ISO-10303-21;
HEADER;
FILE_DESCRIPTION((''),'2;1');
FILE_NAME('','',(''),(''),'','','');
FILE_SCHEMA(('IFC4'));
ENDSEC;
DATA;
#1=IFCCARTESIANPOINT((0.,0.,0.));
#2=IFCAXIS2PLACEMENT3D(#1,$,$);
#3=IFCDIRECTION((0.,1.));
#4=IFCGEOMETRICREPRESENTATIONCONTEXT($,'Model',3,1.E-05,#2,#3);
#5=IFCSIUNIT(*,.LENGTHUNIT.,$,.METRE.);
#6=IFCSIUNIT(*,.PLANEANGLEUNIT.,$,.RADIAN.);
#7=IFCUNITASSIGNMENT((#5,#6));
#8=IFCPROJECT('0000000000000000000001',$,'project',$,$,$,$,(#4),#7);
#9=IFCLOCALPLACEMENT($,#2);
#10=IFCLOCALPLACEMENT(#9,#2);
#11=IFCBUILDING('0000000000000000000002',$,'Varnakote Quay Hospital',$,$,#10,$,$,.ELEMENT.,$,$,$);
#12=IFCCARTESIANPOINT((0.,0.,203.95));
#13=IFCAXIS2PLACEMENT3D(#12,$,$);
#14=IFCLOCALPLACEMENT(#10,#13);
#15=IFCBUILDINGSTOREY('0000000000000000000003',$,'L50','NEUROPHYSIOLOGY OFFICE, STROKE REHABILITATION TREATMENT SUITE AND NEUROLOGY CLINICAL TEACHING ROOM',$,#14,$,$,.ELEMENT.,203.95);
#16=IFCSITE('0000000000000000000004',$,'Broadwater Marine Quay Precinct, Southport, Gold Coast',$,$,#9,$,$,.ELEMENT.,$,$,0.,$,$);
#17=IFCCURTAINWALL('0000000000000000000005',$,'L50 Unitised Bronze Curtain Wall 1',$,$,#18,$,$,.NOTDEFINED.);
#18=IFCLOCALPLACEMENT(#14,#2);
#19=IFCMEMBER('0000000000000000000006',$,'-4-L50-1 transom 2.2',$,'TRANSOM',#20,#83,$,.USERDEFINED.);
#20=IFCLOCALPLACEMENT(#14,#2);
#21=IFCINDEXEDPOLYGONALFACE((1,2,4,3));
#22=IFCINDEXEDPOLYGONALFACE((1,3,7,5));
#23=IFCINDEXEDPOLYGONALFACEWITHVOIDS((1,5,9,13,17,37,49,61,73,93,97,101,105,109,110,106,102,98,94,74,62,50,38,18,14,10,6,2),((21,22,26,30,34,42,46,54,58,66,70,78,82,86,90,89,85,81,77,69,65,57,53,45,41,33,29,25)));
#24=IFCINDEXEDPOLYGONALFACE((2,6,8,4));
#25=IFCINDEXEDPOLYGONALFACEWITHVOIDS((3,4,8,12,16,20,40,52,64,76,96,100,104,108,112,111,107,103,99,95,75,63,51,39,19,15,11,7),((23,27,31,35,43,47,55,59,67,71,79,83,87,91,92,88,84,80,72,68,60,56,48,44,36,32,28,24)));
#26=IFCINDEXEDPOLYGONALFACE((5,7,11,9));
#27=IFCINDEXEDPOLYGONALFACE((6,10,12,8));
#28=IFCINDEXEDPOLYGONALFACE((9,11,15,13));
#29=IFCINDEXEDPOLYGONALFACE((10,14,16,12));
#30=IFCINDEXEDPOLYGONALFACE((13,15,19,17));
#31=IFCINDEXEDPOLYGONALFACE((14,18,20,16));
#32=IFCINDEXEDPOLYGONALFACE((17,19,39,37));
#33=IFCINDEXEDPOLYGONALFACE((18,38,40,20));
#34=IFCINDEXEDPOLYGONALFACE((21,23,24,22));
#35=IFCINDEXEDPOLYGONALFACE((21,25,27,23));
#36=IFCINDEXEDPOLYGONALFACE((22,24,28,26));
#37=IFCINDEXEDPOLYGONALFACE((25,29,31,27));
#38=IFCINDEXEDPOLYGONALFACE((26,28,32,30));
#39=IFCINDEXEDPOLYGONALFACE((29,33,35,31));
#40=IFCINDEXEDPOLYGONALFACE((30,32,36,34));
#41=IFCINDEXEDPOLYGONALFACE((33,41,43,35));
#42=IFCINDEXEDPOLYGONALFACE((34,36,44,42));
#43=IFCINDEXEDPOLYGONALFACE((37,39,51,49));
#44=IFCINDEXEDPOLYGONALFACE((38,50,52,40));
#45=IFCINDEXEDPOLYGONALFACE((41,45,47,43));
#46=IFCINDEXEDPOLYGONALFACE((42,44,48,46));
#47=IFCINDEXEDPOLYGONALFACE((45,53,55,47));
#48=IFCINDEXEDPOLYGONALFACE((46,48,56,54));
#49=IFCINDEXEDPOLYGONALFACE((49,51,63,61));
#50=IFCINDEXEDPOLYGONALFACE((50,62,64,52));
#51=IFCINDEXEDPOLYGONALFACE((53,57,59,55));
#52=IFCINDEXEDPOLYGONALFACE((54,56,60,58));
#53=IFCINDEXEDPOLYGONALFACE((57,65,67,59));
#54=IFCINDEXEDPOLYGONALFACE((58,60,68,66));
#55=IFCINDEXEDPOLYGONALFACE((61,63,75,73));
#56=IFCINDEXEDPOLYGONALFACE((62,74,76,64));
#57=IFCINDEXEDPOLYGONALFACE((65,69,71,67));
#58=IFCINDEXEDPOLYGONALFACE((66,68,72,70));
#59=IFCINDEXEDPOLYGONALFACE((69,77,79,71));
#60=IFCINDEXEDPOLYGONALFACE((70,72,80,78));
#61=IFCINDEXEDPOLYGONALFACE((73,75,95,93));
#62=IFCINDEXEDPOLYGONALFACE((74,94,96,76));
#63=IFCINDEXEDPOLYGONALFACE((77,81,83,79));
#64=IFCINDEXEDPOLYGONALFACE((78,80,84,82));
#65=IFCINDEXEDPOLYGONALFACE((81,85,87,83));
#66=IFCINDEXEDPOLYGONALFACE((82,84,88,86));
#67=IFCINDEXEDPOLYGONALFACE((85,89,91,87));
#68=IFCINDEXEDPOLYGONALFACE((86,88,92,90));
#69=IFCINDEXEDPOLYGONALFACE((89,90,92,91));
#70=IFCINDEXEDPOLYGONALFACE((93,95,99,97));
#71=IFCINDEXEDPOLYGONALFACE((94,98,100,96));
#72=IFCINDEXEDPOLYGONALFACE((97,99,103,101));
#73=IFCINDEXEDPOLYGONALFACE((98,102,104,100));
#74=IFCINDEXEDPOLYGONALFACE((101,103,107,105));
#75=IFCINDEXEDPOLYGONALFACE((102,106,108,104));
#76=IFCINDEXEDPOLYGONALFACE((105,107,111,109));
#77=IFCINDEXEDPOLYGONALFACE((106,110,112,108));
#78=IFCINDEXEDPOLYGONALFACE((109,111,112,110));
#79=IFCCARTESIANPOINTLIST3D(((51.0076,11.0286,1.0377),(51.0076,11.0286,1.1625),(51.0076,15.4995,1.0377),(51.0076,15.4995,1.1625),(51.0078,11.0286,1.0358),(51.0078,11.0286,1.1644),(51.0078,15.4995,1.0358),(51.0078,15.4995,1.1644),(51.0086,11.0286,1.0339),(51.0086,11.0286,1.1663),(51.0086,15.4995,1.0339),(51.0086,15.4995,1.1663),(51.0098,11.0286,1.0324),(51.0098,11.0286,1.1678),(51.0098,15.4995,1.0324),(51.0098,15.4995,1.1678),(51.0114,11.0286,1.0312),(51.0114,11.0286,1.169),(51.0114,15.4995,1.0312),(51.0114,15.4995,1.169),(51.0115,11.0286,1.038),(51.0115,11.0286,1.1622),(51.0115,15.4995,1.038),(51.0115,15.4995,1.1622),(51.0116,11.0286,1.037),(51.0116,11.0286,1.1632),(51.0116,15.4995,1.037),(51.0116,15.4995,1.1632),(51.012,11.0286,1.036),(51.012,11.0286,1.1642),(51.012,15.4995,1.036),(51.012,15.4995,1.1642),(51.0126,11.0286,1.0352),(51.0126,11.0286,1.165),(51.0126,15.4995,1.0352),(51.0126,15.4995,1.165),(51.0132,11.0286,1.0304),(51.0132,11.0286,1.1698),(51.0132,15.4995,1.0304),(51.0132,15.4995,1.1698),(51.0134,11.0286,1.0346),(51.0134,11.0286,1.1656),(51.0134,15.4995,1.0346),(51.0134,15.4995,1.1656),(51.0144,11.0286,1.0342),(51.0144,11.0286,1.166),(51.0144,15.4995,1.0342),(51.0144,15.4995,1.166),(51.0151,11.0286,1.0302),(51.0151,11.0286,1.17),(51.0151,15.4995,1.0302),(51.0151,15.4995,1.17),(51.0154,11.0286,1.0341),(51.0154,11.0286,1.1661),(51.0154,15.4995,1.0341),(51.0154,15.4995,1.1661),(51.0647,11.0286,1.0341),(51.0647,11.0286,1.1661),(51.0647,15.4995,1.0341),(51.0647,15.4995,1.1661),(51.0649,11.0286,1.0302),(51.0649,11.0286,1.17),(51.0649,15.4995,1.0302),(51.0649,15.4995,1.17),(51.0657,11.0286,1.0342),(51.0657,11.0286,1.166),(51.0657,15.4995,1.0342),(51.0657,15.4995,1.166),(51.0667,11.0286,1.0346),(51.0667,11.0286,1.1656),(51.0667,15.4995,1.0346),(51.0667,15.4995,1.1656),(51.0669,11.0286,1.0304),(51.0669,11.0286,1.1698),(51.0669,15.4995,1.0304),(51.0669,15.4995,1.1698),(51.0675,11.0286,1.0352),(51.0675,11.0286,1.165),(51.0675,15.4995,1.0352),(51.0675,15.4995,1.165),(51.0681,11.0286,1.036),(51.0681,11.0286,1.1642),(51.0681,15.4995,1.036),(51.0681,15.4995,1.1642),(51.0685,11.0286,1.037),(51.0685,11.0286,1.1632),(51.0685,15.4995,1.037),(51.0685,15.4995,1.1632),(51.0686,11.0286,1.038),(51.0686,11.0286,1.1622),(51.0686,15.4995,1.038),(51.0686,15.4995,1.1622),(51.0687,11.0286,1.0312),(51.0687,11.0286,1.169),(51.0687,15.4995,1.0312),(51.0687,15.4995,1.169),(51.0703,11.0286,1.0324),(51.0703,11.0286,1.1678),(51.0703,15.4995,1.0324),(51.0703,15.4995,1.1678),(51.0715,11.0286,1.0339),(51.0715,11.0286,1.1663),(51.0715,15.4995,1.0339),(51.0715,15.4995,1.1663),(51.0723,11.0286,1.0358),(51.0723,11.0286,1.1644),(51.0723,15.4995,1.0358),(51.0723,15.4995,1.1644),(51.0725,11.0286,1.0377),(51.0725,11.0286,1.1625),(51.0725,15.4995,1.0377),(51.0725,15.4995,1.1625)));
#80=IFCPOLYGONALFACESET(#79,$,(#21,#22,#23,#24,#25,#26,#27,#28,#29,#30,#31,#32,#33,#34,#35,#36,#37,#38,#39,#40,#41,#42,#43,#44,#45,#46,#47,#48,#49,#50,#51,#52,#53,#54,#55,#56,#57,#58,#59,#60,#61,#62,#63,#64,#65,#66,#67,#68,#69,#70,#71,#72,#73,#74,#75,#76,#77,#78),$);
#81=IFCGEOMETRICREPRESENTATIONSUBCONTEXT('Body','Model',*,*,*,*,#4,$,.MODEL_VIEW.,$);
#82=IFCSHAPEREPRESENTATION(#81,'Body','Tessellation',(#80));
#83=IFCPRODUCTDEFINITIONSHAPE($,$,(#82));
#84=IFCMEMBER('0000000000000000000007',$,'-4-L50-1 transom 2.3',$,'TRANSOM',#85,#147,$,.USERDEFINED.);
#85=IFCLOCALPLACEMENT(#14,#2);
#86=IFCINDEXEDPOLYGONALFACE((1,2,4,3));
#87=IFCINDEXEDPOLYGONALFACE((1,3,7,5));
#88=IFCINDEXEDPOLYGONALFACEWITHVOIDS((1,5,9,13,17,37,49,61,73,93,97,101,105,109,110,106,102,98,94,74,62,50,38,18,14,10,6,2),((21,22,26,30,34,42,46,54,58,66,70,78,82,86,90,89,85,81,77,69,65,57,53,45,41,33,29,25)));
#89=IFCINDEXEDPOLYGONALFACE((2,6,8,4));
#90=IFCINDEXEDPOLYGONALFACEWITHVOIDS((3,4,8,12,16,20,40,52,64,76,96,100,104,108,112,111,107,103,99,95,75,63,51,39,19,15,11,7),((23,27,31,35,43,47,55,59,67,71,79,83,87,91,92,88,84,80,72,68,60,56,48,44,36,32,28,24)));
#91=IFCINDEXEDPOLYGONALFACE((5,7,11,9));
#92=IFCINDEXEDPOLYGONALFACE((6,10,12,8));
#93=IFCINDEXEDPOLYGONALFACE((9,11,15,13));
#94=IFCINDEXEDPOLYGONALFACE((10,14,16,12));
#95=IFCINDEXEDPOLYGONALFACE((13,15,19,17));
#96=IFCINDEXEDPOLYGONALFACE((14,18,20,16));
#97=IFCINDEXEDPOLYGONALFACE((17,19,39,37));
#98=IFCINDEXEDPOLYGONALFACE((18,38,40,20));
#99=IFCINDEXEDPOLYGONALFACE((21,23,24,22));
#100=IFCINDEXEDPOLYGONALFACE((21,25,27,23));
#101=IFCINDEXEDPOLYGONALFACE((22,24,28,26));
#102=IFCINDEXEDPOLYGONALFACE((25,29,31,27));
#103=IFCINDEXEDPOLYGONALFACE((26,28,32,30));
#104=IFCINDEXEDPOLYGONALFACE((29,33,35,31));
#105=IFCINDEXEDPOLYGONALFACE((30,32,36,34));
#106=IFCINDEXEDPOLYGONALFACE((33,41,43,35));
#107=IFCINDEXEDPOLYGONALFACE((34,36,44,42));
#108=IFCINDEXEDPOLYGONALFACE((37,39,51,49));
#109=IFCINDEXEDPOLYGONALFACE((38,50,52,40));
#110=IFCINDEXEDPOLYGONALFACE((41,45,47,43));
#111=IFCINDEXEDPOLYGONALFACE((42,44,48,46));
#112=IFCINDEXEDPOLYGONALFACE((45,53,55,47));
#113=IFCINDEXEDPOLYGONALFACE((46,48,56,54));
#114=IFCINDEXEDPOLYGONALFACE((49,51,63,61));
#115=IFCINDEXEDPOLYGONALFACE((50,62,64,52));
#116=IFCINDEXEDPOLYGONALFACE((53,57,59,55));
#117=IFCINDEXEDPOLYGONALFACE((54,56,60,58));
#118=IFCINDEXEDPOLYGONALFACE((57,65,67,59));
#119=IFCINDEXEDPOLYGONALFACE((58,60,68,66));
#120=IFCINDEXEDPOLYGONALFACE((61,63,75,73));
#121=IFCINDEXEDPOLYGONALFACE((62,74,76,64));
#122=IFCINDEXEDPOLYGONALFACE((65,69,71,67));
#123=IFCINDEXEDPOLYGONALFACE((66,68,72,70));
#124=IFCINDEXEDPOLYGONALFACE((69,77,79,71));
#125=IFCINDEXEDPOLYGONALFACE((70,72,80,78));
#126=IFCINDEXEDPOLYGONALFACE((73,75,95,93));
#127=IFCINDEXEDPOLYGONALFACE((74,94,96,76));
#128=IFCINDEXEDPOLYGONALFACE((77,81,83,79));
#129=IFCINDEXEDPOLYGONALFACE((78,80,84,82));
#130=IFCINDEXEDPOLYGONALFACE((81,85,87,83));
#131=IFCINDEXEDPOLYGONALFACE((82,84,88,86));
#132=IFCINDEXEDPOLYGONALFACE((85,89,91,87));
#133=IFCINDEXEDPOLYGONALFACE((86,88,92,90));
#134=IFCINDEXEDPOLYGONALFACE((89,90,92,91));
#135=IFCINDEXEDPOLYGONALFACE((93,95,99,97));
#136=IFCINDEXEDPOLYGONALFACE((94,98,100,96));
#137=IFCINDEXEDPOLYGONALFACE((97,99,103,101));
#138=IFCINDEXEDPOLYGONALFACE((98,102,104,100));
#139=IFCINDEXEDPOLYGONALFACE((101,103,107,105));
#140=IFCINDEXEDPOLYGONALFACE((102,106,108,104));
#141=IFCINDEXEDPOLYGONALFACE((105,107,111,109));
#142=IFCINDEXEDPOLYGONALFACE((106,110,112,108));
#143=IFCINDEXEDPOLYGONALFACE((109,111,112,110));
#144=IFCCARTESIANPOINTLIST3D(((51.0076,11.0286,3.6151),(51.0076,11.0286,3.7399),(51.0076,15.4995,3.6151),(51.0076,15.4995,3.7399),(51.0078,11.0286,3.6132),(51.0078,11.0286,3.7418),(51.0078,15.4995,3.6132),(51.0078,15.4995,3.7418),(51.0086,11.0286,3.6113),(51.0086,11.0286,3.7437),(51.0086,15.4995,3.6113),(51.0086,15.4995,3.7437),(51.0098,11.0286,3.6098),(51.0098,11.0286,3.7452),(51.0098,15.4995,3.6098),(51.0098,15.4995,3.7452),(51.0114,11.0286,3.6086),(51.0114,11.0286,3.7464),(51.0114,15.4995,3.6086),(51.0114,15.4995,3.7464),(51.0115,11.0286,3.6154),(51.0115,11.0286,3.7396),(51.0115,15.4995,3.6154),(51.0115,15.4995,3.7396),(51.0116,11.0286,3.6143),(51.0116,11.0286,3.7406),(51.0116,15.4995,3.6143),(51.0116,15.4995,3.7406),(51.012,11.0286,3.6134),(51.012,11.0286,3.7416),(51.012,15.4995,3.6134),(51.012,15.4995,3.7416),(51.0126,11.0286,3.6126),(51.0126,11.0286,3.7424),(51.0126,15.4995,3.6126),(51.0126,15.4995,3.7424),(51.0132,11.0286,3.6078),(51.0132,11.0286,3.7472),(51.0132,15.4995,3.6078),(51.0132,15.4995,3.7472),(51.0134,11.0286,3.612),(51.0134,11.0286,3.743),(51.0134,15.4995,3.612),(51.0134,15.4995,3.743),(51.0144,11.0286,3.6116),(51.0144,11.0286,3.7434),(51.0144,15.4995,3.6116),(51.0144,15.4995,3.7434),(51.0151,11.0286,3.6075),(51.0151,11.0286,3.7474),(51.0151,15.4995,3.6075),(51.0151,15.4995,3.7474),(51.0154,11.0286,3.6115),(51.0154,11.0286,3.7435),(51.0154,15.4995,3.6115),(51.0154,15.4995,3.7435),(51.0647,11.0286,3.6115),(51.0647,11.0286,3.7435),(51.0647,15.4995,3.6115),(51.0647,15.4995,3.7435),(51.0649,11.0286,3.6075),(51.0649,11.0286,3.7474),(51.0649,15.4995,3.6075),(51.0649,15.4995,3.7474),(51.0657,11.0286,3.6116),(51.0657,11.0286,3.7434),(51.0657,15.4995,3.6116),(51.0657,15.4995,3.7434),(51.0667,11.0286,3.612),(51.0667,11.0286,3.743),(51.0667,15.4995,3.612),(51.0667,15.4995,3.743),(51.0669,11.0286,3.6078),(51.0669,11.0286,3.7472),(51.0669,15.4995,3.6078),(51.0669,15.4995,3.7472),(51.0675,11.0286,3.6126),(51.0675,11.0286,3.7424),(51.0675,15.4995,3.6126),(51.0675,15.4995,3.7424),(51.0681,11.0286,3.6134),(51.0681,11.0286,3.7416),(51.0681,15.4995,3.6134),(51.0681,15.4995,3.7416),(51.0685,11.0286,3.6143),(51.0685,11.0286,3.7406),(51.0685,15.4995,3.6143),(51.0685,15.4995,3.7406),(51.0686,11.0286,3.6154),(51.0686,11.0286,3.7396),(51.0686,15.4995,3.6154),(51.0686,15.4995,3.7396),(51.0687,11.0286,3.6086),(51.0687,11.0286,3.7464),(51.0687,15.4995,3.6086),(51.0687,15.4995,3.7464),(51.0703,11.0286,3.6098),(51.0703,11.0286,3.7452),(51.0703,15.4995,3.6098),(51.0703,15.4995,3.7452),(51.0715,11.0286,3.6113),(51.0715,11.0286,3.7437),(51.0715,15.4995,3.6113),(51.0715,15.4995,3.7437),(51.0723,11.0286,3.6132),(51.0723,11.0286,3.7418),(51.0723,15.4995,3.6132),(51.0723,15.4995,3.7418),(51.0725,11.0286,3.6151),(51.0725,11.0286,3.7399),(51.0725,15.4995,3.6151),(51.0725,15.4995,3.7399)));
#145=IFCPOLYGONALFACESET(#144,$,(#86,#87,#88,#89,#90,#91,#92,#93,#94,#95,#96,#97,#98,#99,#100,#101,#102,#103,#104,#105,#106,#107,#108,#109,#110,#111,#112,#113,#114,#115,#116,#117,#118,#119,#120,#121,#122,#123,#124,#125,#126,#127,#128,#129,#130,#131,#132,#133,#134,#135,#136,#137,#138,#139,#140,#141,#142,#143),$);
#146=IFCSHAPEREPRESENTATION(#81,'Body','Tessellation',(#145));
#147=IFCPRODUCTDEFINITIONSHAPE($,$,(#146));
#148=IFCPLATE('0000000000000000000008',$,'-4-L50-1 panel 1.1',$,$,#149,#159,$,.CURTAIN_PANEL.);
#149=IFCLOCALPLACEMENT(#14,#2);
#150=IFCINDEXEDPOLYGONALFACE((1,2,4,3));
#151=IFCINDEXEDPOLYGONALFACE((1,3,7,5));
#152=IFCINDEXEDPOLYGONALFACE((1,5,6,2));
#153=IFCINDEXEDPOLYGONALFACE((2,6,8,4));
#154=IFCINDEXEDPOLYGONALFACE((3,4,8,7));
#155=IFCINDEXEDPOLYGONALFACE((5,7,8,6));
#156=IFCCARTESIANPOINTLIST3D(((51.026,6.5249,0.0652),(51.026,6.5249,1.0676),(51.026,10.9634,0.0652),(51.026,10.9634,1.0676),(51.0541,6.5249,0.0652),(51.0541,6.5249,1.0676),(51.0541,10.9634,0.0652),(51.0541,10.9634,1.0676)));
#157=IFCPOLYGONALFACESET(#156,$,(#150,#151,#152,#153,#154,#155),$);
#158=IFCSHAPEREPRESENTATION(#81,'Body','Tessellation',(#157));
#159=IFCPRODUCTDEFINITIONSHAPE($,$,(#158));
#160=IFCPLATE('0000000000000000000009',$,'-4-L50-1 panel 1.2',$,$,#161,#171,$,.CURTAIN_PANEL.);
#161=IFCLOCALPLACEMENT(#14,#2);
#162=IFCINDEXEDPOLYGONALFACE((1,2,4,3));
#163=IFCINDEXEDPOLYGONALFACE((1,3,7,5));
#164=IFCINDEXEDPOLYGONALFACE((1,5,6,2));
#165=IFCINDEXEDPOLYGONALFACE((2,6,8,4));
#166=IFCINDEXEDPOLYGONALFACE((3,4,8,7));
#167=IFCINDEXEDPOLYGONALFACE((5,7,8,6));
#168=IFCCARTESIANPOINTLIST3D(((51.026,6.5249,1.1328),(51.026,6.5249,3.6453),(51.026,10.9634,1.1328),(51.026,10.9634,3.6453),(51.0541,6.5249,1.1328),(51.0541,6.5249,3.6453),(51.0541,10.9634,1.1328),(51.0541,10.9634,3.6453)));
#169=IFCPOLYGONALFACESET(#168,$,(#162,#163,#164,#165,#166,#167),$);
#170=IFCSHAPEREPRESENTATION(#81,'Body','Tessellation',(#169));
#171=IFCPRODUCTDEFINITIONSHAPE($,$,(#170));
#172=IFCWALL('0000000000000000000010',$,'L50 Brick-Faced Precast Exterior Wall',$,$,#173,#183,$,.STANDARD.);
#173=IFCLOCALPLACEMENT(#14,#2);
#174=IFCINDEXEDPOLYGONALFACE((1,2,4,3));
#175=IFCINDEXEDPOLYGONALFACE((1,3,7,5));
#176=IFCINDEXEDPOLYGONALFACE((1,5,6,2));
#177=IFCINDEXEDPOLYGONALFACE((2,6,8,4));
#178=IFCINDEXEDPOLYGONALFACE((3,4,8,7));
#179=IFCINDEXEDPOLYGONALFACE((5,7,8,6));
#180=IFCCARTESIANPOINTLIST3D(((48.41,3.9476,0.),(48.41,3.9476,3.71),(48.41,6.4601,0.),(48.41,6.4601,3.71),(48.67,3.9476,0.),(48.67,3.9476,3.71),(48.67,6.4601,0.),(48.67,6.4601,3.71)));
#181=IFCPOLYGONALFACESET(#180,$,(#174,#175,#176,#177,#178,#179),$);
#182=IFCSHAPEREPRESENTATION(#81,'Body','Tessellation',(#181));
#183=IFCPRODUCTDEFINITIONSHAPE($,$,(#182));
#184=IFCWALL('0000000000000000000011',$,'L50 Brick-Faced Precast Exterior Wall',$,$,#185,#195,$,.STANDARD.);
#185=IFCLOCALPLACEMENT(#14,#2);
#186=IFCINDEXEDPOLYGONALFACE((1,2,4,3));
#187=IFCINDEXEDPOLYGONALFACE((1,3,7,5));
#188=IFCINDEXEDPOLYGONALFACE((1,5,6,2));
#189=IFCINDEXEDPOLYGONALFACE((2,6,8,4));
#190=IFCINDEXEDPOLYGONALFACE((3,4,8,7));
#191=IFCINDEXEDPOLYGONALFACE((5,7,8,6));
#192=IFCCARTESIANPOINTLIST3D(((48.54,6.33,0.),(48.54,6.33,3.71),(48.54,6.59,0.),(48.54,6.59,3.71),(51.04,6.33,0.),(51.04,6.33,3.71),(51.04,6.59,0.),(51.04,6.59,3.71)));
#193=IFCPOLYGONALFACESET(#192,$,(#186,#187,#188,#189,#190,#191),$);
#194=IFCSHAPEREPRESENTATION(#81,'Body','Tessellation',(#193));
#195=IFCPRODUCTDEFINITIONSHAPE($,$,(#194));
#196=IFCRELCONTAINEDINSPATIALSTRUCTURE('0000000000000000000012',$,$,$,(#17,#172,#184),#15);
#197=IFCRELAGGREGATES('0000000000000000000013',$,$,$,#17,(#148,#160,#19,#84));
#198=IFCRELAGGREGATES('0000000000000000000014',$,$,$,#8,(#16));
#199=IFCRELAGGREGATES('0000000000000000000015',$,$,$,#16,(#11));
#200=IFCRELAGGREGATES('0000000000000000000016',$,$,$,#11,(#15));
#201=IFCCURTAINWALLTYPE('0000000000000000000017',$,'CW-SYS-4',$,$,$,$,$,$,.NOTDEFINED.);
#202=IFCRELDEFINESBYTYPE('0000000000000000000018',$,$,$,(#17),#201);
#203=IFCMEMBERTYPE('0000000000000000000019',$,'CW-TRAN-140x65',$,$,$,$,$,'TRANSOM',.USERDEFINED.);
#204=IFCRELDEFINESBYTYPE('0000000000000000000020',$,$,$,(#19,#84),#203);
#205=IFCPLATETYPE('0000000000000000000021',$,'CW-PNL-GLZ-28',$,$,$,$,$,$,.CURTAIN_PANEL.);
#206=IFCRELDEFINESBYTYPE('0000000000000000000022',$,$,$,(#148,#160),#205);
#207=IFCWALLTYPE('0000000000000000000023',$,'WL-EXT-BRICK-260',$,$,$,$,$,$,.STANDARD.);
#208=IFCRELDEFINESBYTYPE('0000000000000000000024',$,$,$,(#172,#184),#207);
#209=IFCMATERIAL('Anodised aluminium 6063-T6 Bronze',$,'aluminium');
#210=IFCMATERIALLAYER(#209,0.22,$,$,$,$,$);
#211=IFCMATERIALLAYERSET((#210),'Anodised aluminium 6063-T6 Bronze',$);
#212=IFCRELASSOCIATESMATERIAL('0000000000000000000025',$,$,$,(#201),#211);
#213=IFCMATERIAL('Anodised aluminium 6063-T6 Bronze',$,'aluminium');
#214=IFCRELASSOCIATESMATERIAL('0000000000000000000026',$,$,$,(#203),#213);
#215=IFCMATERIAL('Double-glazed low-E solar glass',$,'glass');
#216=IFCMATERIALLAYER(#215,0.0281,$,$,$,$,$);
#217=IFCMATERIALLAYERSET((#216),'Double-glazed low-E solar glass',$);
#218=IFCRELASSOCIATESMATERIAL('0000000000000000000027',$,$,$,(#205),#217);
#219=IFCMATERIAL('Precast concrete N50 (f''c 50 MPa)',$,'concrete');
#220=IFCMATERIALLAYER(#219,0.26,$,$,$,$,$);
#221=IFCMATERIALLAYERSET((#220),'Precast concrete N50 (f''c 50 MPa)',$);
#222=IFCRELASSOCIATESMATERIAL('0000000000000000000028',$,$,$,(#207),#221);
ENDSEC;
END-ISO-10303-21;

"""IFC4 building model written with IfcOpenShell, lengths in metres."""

from ifc_helpers import new_model, si_unit, direction, frame, frame_2d, origin, origin_2d, place, context, subcontext, project, spatial, rectangle, hollow_rectangle, extrude, material, layer, layer_set, material_profile, profile_set, type_object, element, aggregate, save


model = new_model("IFC4")

# Units and contexts
model_context = context("Model", 3, precision=1e-05, world=origin(), true_north=direction((0.0, 1.0)))
body_context = subcontext(model_context, "Body", "Model", "MODEL_VIEW")
ifc_project = project(units=[si_unit("LENGTHUNIT", "METRE"), si_unit("PLANEANGLEUNIT", "RADIAN")], contexts=[model_context])

# Site, building, storey
site_placement = place(None, origin())
site = spatial("IfcSite", under=ifc_project, at=site_placement, Name="Broadwater Marine Quay Precinct, Southport, Gold Coast", CompositionType="ELEMENT", RefElevation=0.0)
building_placement = place(site_placement, origin())
building = spatial("IfcBuilding", under=site, at=building_placement, Name="Varnakote Quay Hospital", CompositionType="ELEMENT")
storey_placement = place(building_placement, frame((0.0, 0.0, 203.95)))
storey = spatial("IfcBuildingStorey", under=building, at=storey_placement, Name="L50", Description="NEUROPHYSIOLOGY OFFICE, STROKE REHABILITATION TREATMENT SUITE AND NEUROLOGY CLINICAL TEACHING ROOM", CompositionType="ELEMENT", Elevation=203.95)

# Curtain wall, members, plates
ifc_material_1 = material(Name="Anodised aluminium 6063-T6 Bronze", Category="aluminium")
ifc_layer_1 = layer(ifc_material_1, 0.22)
ifc_layer_set_1 = layer_set([ifc_layer_1], Name="Anodised aluminium 6063-T6 Bronze")
curtain_wall_type = type_object("IfcCurtainWallType", Name="CW-SYS-4", PredefinedType="NOTDEFINED", material=ifc_layer_set_1)
curtain_wall_placement = place(storey_placement, origin())
curtain_wall = element("IfcCurtainWall", 1, at=curtain_wall_placement, inside=storey, type_object=curtain_wall_type, Name="L50 Unitised Bronze Curtain Wall 1", PredefinedType="NOTDEFINED")
ifc_material_2 = material(Name="Anodised aluminium 6063-T6 Bronze", Category="aluminium")
ifc_material_profile_1 = material_profile(ifc_material_2, hollow_rectangle(XDim=0.0649, YDim=0.1399, WallThickness=0.0039, InnerFilletRadius=0.0039, OuterFilletRadius=0.0076, at=origin_2d()), Name="CW-TRAN-140x65")
ifc_profile_set_1 = profile_set([ifc_material_profile_1], Name="Anodised aluminium 6063-T6 Bronze")
member_type_1 = type_object("IfcMemberType", Name="CW-TRAN-140x65", ElementType="TRANSOM", PredefinedType="USERDEFINED", material=ifc_profile_set_1)
member_1_placement = place(storey_placement, frame((51.04, 11.0286, 1.1001), z_axis=(0.0, 1.0, 0.0), x_axis=(-1.0, 0.0, 0.0)))
member_1 = element("IfcMember", 2, at=member_1_placement, type_object=member_type_1, Name="-4-L50-1 transom 2.2", ObjectType="TRANSOM", PredefinedType="USERDEFINED", context=body_context, shape_type="SweptSolid", body=[
    extrude(hollow_rectangle(XDim=0.0649, YDim=0.1399, WallThickness=0.0039, InnerFilletRadius=0.0039, OuterFilletRadius=0.0076, at=origin_2d()), origin(), (0.0, 0.0, 1.0), 4.4709),
])
member_2_placement = place(storey_placement, frame((51.04, 11.0286, 3.6775), z_axis=(0.0, 1.0, 0.0), x_axis=(-1.0, 0.0, 0.0)))
member_2 = element("IfcMember", 3, at=member_2_placement, type_object=member_type_1, Name="-4-L50-1 transom 2.3", ObjectType="TRANSOM", PredefinedType="USERDEFINED", context=body_context, shape_type="SweptSolid", body=[
    extrude(hollow_rectangle(XDim=0.0649, YDim=0.1399, WallThickness=0.0039, InnerFilletRadius=0.0039, OuterFilletRadius=0.0076, at=origin_2d()), origin(), (0.0, 0.0, 1.0), 4.4709),
])
ifc_material_3 = material(Name="Double-glazed low-E solar glass", Category="glass")
ifc_layer_2 = layer(ifc_material_3, 0.0281)
ifc_layer_set_2 = layer_set([ifc_layer_2], Name="Double-glazed low-E solar glass")
plate_type = type_object("IfcPlateType", Name="CW-PNL-GLZ-28", PredefinedType="CURTAIN_PANEL", material=ifc_layer_set_2)
plate_1_placement = place(storey_placement, frame((51.04, 8.7441, 0.0652), z_axis=(0.0, 0.0, 1.0), x_axis=(0.0, 1.0, 0.0)))
plate_1 = element("IfcPlate", 4, at=plate_1_placement, type_object=plate_type, Name="-4-L50-1 panel 1.1", PredefinedType="CURTAIN_PANEL", context=body_context, shape_type="SweptSolid", body=[
    extrude(rectangle(XDim=4.4385, YDim=0.0281, at=origin_2d()), origin(), (0.0, 0.0, 1.0), 1.0024),
])
plate_2_placement = place(storey_placement, frame((51.04, 8.7441, 1.1328), z_axis=(0.0, 0.0, 1.0), x_axis=(0.0, 1.0, 0.0)))
plate_2 = element("IfcPlate", 5, at=plate_2_placement, type_object=plate_type, Name="-4-L50-1 panel 1.2", PredefinedType="CURTAIN_PANEL", context=body_context, shape_type="SweptSolid", body=[
    extrude(rectangle(XDim=4.4385, YDim=0.0281, at=origin_2d()), origin(), (0.0, 0.0, 1.0), 2.5125),
])
aggregate(curtain_wall, [plate_1, plate_2, member_1, member_2])

# Walls
ifc_material_4 = material(Name="Precast concrete N50 (f'c 50 MPa)", Category="concrete")
ifc_layer_3 = layer(ifc_material_4, 0.26)
ifc_layer_set_3 = layer_set([ifc_layer_3], Name="Precast concrete N50 (f'c 50 MPa)")
wall_type_1 = type_object("IfcWallType", Name="WL-EXT-BRICK-260", PredefinedType="STANDARD", material=ifc_layer_set_3)
wall_1_placement = place(storey_placement, frame((48.54, 3.9475, 0.0), z_axis=(0.0, 0.0, 1.0), x_axis=(0.0, 1.0, 0.0)))
element("IfcWall", 6, at=wall_1_placement, inside=storey, type_object=wall_type_1, Name="L50 Brick-Faced Precast Exterior Wall", PredefinedType="STANDARD", context=body_context, shape_type="SweptSolid", body=[
    extrude(rectangle(XDim=2.5125, YDim=0.26, at=frame_2d((1.2563, 0.0))), origin(), (0.0, 0.0, 1.0), 3.71),
])
wall_2_placement = place(storey_placement, frame((48.54, 6.46, 0.0), z_axis=(0.0, 0.0, 1.0), x_axis=(1.0, 0.0, 0.0)))
element("IfcWall", 7, at=wall_2_placement, inside=storey, type_object=wall_type_1, Name="L50 Brick-Faced Precast Exterior Wall", PredefinedType="STANDARD", context=body_context, shape_type="SweptSolid", body=[
    extrude(rectangle(XDim=2.5, YDim=0.26, at=frame_2d((1.25, 0.0))), origin(), (0.0, 0.0, 1.0), 3.71),
])

save(model, "model.ifc")
